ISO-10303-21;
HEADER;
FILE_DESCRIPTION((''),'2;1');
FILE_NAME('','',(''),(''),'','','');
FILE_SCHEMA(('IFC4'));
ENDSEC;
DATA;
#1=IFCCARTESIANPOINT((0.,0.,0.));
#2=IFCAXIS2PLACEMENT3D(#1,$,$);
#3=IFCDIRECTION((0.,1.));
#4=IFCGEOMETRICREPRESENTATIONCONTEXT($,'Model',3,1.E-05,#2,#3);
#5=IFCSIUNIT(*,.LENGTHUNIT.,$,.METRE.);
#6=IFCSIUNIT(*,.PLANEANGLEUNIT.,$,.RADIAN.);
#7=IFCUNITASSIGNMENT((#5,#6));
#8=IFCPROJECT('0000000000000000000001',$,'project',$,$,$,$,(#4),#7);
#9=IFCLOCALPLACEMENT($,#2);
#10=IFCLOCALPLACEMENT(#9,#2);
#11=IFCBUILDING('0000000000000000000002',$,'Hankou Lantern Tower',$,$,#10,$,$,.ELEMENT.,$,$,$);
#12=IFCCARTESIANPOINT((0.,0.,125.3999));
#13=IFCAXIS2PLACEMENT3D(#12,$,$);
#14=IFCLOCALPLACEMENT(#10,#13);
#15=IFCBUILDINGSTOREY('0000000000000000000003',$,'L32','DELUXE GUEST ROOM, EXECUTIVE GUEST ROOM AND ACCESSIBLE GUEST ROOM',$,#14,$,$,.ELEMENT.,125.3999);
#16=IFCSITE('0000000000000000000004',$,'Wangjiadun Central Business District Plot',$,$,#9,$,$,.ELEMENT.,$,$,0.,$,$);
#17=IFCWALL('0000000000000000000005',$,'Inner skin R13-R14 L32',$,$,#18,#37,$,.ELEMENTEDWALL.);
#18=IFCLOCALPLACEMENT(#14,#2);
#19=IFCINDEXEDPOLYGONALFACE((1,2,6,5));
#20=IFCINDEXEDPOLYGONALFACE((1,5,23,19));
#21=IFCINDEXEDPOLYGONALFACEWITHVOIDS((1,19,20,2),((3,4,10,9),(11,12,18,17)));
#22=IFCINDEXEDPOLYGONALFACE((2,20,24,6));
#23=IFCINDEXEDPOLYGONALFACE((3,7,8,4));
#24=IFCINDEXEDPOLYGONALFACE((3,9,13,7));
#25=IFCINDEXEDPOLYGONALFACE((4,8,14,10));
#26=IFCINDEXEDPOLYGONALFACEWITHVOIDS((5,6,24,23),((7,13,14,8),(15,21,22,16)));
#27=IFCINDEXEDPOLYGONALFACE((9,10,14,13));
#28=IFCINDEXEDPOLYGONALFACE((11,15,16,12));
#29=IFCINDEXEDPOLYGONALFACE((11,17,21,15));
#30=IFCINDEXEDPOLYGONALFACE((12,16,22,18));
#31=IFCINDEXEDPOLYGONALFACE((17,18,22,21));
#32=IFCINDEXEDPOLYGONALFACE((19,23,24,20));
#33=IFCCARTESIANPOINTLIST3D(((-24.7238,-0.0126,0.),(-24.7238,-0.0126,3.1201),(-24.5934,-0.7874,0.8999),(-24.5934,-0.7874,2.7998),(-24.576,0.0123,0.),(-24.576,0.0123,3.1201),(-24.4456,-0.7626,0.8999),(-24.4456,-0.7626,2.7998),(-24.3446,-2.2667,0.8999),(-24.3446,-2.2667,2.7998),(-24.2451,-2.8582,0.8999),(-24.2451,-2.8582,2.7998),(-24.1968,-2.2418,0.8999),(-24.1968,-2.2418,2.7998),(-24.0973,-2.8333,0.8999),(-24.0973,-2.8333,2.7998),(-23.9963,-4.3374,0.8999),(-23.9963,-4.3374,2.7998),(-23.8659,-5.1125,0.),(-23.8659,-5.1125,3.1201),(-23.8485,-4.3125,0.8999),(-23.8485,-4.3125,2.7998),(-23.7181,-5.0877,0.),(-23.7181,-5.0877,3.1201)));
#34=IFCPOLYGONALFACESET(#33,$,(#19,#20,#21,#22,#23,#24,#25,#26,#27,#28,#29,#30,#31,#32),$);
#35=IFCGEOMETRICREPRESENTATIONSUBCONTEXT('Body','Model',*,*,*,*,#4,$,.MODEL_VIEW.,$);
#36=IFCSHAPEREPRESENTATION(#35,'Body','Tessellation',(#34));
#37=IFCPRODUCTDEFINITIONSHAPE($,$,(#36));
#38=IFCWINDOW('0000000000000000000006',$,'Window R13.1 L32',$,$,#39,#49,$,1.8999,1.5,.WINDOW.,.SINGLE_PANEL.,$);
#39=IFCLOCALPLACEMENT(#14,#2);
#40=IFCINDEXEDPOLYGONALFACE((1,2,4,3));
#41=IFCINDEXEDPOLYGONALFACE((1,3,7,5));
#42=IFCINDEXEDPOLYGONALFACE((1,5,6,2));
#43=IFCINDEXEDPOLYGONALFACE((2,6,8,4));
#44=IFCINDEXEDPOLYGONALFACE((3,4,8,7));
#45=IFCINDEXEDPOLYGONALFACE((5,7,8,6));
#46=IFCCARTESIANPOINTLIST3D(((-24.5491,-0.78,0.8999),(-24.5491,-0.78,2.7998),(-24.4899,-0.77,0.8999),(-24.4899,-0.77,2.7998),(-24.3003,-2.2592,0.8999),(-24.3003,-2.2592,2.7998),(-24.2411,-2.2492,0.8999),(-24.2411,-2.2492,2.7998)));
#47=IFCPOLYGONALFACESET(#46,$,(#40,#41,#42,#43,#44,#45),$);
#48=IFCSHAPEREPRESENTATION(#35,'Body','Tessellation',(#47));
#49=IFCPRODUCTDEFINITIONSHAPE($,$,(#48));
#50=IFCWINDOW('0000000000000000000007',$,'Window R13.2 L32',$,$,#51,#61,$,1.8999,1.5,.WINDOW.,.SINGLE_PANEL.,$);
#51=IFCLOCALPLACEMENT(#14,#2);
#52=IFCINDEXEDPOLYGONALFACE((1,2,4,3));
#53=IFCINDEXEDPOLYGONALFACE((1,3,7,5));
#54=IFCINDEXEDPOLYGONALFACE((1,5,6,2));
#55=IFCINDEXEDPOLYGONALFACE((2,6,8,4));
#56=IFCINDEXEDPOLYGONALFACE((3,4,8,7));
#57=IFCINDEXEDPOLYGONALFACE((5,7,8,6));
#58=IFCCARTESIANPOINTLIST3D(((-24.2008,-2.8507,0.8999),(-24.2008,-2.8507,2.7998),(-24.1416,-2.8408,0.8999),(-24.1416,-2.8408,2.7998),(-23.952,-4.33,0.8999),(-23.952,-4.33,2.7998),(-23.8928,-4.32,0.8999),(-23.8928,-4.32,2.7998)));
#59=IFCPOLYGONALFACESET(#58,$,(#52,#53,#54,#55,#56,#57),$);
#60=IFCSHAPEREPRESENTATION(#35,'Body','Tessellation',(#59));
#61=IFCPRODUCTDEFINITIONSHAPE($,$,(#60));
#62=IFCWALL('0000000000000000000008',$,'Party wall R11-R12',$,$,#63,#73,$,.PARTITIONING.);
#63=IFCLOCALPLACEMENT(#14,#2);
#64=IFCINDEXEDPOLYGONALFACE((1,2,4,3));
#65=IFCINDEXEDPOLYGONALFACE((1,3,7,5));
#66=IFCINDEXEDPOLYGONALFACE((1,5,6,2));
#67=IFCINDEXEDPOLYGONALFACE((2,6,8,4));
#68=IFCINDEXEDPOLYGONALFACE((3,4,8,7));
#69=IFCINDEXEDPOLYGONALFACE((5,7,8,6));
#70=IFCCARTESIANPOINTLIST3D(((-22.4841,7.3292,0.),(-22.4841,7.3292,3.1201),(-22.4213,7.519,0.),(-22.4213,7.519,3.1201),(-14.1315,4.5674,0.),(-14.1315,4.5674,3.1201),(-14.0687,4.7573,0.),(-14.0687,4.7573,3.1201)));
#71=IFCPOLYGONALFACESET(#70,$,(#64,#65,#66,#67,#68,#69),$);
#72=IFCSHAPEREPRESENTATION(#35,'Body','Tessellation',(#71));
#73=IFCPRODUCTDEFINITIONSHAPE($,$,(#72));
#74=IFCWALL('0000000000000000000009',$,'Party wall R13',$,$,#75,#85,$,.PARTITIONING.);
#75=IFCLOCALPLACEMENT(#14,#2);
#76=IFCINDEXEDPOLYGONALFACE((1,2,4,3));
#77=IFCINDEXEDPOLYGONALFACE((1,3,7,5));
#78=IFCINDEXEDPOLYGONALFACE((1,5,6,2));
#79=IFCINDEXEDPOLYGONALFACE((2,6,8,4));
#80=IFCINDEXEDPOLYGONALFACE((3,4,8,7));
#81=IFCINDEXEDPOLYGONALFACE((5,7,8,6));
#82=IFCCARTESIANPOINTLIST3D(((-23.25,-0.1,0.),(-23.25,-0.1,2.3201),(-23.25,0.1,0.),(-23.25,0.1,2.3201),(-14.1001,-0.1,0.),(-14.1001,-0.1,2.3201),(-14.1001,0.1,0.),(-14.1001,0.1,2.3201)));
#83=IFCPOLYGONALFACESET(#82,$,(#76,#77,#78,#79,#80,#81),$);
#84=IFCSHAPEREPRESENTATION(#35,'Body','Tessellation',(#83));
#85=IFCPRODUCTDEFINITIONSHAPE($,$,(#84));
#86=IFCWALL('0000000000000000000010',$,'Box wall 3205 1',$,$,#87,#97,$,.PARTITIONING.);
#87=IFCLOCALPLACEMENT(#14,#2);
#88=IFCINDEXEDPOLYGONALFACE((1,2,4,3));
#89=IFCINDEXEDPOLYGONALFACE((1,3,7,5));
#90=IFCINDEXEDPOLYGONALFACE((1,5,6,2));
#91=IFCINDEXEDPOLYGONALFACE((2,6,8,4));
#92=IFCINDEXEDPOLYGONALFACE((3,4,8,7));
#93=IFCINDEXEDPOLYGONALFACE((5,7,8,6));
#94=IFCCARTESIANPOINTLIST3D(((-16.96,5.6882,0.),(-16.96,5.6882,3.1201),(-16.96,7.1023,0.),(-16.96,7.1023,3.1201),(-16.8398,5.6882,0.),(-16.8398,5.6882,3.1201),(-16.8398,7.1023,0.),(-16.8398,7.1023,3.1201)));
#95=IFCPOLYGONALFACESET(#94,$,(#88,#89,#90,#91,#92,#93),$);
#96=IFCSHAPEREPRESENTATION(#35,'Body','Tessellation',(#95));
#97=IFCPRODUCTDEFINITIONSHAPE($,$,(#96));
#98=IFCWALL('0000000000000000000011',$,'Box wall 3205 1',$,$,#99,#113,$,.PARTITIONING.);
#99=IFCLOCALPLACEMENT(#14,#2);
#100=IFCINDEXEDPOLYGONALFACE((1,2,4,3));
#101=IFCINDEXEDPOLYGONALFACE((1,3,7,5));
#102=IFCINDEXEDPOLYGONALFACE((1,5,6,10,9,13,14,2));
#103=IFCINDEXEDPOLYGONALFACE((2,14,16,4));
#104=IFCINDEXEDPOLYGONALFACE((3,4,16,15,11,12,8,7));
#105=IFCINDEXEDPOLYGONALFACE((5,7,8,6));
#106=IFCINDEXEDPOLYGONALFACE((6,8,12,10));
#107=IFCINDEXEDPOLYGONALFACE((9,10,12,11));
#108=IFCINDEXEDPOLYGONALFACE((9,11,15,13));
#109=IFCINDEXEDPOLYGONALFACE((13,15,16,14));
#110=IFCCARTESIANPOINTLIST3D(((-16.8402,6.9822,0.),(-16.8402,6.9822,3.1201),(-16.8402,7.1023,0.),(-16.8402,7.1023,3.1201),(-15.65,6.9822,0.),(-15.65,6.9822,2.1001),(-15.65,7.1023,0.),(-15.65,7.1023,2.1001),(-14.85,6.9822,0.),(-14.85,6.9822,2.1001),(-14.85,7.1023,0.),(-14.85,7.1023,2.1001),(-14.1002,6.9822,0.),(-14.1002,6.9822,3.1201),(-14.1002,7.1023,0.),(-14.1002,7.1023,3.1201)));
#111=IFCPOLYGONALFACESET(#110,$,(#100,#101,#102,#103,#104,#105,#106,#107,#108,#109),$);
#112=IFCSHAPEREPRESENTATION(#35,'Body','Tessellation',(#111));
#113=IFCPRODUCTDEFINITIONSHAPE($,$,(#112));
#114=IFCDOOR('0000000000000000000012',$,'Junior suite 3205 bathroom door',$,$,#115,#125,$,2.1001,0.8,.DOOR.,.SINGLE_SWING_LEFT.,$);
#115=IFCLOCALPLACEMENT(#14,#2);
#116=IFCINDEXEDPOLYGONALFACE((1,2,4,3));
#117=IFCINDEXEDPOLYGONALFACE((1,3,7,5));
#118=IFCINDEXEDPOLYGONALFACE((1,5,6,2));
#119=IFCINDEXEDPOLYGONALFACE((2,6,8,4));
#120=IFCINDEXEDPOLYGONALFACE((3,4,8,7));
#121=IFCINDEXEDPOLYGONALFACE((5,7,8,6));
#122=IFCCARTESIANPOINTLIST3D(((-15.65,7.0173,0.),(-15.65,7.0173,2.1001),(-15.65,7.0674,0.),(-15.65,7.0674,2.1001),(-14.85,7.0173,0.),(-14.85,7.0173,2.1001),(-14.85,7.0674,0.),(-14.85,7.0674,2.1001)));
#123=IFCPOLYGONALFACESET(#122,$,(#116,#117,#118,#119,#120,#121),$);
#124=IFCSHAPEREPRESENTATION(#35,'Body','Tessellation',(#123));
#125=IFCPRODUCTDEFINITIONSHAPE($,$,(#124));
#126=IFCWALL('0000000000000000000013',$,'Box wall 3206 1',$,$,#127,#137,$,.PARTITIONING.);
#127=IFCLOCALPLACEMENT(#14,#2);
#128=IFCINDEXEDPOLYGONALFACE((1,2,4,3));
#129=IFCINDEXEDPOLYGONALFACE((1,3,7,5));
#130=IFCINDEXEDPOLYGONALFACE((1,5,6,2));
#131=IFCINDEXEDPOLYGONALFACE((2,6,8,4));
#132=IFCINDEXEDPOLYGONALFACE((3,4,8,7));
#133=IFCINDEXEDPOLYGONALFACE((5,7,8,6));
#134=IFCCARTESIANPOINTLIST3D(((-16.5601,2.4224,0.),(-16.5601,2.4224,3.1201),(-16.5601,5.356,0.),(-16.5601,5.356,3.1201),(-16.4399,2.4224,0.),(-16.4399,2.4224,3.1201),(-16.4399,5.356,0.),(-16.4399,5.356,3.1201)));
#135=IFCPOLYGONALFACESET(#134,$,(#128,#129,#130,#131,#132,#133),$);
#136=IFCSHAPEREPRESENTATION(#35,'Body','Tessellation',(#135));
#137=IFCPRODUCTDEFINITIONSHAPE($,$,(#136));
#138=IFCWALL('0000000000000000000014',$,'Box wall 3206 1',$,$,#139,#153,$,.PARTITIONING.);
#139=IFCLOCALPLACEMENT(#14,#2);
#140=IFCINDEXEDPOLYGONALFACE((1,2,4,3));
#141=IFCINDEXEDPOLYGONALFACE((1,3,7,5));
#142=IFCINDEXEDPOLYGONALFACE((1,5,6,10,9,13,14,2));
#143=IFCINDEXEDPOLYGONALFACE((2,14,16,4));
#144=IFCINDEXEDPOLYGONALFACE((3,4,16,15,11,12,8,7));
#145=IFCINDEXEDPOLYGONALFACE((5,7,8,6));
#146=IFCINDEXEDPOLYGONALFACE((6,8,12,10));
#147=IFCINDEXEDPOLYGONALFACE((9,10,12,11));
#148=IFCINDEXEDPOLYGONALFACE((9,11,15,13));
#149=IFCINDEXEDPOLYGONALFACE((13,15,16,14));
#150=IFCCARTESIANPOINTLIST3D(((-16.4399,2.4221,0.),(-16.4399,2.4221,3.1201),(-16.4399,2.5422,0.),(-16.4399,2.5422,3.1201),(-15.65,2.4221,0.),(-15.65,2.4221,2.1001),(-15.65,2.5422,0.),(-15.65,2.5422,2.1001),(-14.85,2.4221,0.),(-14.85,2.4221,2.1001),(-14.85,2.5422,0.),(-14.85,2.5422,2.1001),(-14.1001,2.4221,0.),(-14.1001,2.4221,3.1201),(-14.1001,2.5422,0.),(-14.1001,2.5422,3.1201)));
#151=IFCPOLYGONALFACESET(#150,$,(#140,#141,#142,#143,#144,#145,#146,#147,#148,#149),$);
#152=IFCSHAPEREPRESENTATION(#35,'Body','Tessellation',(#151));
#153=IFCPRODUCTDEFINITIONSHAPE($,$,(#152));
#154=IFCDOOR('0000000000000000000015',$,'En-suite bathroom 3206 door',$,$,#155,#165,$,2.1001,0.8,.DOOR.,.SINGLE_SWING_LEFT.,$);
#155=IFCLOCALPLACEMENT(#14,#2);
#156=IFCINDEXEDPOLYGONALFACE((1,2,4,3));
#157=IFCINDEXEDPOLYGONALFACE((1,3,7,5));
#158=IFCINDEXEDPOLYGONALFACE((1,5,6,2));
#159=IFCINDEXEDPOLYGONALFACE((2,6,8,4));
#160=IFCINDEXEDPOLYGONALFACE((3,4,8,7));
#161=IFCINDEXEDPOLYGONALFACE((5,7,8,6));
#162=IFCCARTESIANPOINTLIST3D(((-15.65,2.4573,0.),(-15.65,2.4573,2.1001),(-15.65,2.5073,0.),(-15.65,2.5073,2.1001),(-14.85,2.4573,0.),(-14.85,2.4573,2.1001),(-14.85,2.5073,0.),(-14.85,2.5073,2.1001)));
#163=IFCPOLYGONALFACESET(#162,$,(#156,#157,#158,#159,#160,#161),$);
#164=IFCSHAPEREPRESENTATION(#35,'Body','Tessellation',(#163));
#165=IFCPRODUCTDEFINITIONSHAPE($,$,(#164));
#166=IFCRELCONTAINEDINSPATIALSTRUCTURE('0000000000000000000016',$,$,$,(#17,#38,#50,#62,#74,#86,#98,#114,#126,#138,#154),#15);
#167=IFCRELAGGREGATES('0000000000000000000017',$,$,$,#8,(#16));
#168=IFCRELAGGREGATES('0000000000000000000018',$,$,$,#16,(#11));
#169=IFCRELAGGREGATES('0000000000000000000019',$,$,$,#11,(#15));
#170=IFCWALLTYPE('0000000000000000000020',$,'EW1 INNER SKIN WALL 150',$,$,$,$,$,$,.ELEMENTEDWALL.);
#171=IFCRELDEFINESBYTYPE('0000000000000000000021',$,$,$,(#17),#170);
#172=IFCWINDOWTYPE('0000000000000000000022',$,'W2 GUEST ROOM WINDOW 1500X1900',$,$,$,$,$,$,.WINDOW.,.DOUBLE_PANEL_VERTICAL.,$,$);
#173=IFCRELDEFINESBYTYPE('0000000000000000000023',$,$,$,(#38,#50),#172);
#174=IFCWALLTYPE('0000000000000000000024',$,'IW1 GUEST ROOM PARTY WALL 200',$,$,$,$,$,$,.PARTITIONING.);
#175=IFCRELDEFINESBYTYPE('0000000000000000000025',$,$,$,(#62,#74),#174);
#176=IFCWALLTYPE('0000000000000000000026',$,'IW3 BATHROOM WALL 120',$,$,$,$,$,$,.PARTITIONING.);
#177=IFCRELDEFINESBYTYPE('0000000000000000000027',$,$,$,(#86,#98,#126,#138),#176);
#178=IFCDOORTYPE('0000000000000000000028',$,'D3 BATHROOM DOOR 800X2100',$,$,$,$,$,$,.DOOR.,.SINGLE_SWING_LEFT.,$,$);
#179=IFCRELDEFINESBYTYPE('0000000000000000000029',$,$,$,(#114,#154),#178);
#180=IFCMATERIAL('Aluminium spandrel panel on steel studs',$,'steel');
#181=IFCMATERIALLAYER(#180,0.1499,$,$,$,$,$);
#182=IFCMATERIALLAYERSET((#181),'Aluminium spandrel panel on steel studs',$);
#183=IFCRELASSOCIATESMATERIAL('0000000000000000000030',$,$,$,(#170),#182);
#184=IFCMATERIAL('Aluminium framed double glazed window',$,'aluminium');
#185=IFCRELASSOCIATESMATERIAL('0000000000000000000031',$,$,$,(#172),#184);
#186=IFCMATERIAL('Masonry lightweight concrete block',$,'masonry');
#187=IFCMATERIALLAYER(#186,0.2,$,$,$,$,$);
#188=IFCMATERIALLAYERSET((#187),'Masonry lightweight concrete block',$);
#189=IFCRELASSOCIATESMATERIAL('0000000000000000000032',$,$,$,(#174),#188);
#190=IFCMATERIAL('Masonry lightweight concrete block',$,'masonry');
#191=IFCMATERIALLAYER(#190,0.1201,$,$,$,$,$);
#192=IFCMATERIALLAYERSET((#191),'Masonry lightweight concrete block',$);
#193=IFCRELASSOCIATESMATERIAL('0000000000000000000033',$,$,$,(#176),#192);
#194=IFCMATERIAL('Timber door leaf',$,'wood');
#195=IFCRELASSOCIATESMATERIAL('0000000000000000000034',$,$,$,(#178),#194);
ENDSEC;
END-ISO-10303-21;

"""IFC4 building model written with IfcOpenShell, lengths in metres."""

from ifc_helpers import new_model, si_unit, direction, frame, frame_2d, origin, place, context, subcontext, project, spatial, rectangle, extrude, material, layer, layer_set, type_object, element, fill, save


model = new_model("IFC4")

# Units and contexts
model_context = context("Model", 3, precision=1e-05, world=origin(), true_north=direction((0.0, 1.0)))
body_context = subcontext(model_context, "Body", "Model", "MODEL_VIEW")
ifc_project = project(units=[si_unit("LENGTHUNIT", "METRE"), si_unit("PLANEANGLEUNIT", "RADIAN")], contexts=[model_context])

# Site, building, storey
site_placement = place(None, origin())
site = spatial("IfcSite", under=ifc_project, at=site_placement, Name="Wangjiadun Central Business District Plot", CompositionType="ELEMENT", RefElevation=0.0)
building_placement = place(site_placement, origin())
building = spatial("IfcBuilding", under=site, at=building_placement, Name="Hankou Lantern Tower", CompositionType="ELEMENT")
storey_placement = place(building_placement, frame((0.0, 0.0, 125.3999)))
storey = spatial("IfcBuildingStorey", under=building, at=storey_placement, Name="L32", Description="DELUXE GUEST ROOM, EXECUTIVE GUEST ROOM AND ACCESSIBLE GUEST ROOM", CompositionType="ELEMENT", Elevation=125.3999)

# Wall, openings, windows
ifc_material_1 = material(Name="Aluminium spandrel panel on steel studs", Category="steel")
ifc_layer_1 = layer(ifc_material_1, 0.1499)
ifc_layer_set_1 = layer_set([ifc_layer_1], Name="Aluminium spandrel panel on steel studs")
wall_type_1 = type_object("IfcWallType", Name="EW1 INNER SKIN WALL 150", PredefinedType="ELEMENTEDWALL", material=ifc_layer_set_1)
ifc_material_2 = material(Name="Aluminium framed double glazed window", Category="aluminium")
window_type = type_object("IfcWindowType", Name="W2 GUEST ROOM WINDOW 1500X1900", PartitioningType="DOUBLE_PANEL_VERTICAL", PredefinedType="WINDOW", material=ifc_material_2)
wall_1_placement = place(storey_placement, frame((-24.6499, 0.0, 0.0), z_axis=(0.0, 0.0, 1.0), x_axis=(0.165884, -0.986145, 0.0)))
wall_1 = element("IfcWall", 1, at=wall_1_placement, inside=storey, type_object=wall_type_1, Name="Inner skin R13-R14 L32", PredefinedType="ELEMENTEDWALL", context=body_context, shape_type="SweptSolid", body=[
    extrude(rectangle(XDim=5.1716, YDim=0.1499, at=frame_2d((2.5859, 0.0))), origin(), (0.0, 0.0, 1.0), 3.1201),
])
opening_1_placement = place(wall_1_placement, frame((0.7859, 0.0, 0.8999)))
opening_1 = element("IfcOpeningElement", 2, at=opening_1_placement, cuts=wall_1, PredefinedType="OPENING", context=body_context, shape_type="SweptSolid", body=[
    extrude(rectangle(XDim=1.5, YDim=1.8999, at=frame_2d((0.75, 0.95))), frame((0.0, 0.085, 0.0), z_axis=(0.0, -1.0, 0.0), x_axis=(1.0, 0.0, 0.0)), (0.0, 0.0, 1.0), 0.1699),
])
opening_2_placement = place(wall_1_placement, frame((2.8857, 0.0, 0.8999)))
opening_2 = element("IfcOpeningElement", 3, at=opening_2_placement, cuts=wall_1, PredefinedType="OPENING", context=body_context, shape_type="SweptSolid", body=[
    extrude(rectangle(XDim=1.5, YDim=1.8999, at=frame_2d((0.75, 0.95))), frame((0.0, 0.085, 0.0), z_axis=(0.0, -1.0, 0.0), x_axis=(1.0, 0.0, 0.0)), (0.0, 0.0, 1.0), 0.1699),
])
window_1_placement = place(opening_1_placement, origin())
window_1 = element("IfcWindow", 4, at=window_1_placement, inside=storey, type_object=window_type, Name="Window R13.1 L32", OverallHeight=1.8999, OverallWidth=1.5, PartitioningType="SINGLE_PANEL", PredefinedType="WINDOW", context=body_context, shape_type="SweptSolid", body=[
    extrude(rectangle(XDim=1.5, YDim=1.8999, at=frame_2d((0.75, 0.95))), frame((0.0, 0.03, 0.0), z_axis=(0.0, -1.0, 0.0), x_axis=(1.0, 0.0, 0.0)), (0.0, 0.0, 1.0), 0.0601),
])
fill(opening_1, window_1)
window_2_placement = place(opening_2_placement, origin())
window_2 = element("IfcWindow", 5, at=window_2_placement, inside=storey, type_object=window_type, Name="Window R13.2 L32", OverallHeight=1.8999, OverallWidth=1.5, PartitioningType="SINGLE_PANEL", PredefinedType="WINDOW", context=body_context, shape_type="SweptSolid", body=[
    extrude(rectangle(XDim=1.5, YDim=1.8999, at=frame_2d((0.75, 0.95))), frame((0.0, 0.03, 0.0), z_axis=(0.0, -1.0, 0.0), x_axis=(1.0, 0.0, 0.0)), (0.0, 0.0, 1.0), 0.0601),
])
fill(opening_2, window_2)

# Walls
ifc_material_3 = material(Name="Masonry lightweight concrete block", Category="masonry")
ifc_layer_2 = layer(ifc_material_3, 0.2)
ifc_layer_set_2 = layer_set([ifc_layer_2], Name="Masonry lightweight concrete block")
wall_type_2 = type_object("IfcWallType", Name="IW1 GUEST ROOM PARTY WALL 200", PredefinedType="PARTITIONING", material=ifc_layer_set_2)
wall_2_placement = place(storey_placement, frame((-14.1001, 4.6624, 0.0), z_axis=(0.0, 0.0, 1.0), x_axis=(-0.949446, 0.313929, 0.0)))
element("IfcWall", 6, at=wall_2_placement, inside=storey, type_object=wall_type_2, Name="Party wall R11-R12", PredefinedType="PARTITIONING", context=body_context, shape_type="SweptSolid", body=[
    extrude(rectangle(XDim=8.7974, YDim=0.2, at=frame_2d((4.3987, 0.0))), origin(), (0.0, 0.0, 1.0), 3.1201),
])
wall_3_placement = place(storey_placement, frame((-14.1001, 0.0, 0.0), z_axis=(0.0, 0.0, 1.0), x_axis=(-1.0, 0.0, 0.0)))
element("IfcWall", 7, at=wall_3_placement, inside=storey, type_object=wall_type_2, Name="Party wall R13", PredefinedType="PARTITIONING", context=body_context, shape_type="SweptSolid", body=[
    extrude(rectangle(XDim=9.1499, YDim=0.2, at=frame_2d((4.575, 0.0))), origin(), (0.0, 0.0, 1.0), 2.3201),
])
ifc_material_4 = material(Name="Masonry lightweight concrete block", Category="masonry")
ifc_layer_3 = layer(ifc_material_4, 0.1201)
ifc_layer_set_3 = layer_set([ifc_layer_3], Name="Masonry lightweight concrete block")
wall_type_3 = type_object("IfcWallType", Name="IW3 BATHROOM WALL 120", PredefinedType="PARTITIONING", material=ifc_layer_set_3)
wall_4_placement = place(storey_placement, frame((-16.8999, 5.6882, 0.0), z_axis=(0.0, 0.0, 1.0), x_axis=(0.0, 1.0, 0.0)))
element("IfcWall", 8, at=wall_4_placement, inside=storey, type_object=wall_type_3, Name="Box wall 3205 1", PredefinedType="PARTITIONING", context=body_context, shape_type="SweptSolid", body=[
    extrude(rectangle(XDim=1.4141, YDim=0.1201, at=frame_2d((0.707, 0.0))), origin(), (0.0, 0.0, 1.0), 3.1201),
])

# Wall, opening, door
wall_5_placement = place(storey_placement, frame((-14.1001, 7.0422, 0.0), z_axis=(0.0, 0.0, 1.0), x_axis=(-1.0, 0.0, 0.0)))
wall_5 = element("IfcWall", 9, at=wall_5_placement, inside=storey, type_object=wall_type_3, Name="Box wall 3205 1", PredefinedType="PARTITIONING", context=body_context, shape_type="SweptSolid", body=[
    extrude(rectangle(XDim=2.74, YDim=0.1201, at=frame_2d((1.3701, 0.0))), origin(), (0.0, 0.0, 1.0), 3.1201),
])
opening_3_placement = place(wall_5_placement, frame((0.75, 0.0, 0.0)))
opening_3 = element("IfcOpeningElement", 10, at=opening_3_placement, cuts=wall_5, PredefinedType="OPENING", context=body_context, shape_type="SweptSolid", body=[
    extrude(rectangle(XDim=0.8, YDim=2.1001, at=frame_2d((0.3999, 1.05))), frame((0.0, 0.0701, 0.0), z_axis=(0.0, -1.0, 0.0), x_axis=(1.0, 0.0, 0.0)), (0.0, 0.0, 1.0), 0.1401),
])
ifc_material_5 = material(Name="Timber door leaf", Category="wood")
door_type = type_object("IfcDoorType", Name="D3 BATHROOM DOOR 800X2100", OperationType="SINGLE_SWING_LEFT", PredefinedType="DOOR", material=ifc_material_5)
door_1_placement = place(opening_3_placement, origin())
door_1 = element("IfcDoor", 11, at=door_1_placement, inside=storey, type_object=door_type, Name="Junior suite 3205 bathroom door", OperationType="SINGLE_SWING_LEFT", OverallHeight=2.1001, OverallWidth=0.8, PredefinedType="DOOR", context=body_context, shape_type="SweptSolid", body=[
    extrude(rectangle(XDim=0.8, YDim=2.1001, at=frame_2d((0.3999, 1.05))), frame((0.0, 0.0249, 0.0), z_axis=(0.0, -1.0, 0.0), x_axis=(1.0, 0.0, 0.0)), (0.0, 0.0, 1.0), 0.05),
])
fill(opening_3, door_1)

# Wall
wall_6_placement = place(storey_placement, frame((-16.5, 5.356, 0.0), z_axis=(0.0, 0.0, 1.0), x_axis=(0.0, -1.0, 0.0)))
element("IfcWall", 12, at=wall_6_placement, inside=storey, type_object=wall_type_3, Name="Box wall 3206 1", PredefinedType="PARTITIONING", context=body_context, shape_type="SweptSolid", body=[
    extrude(rectangle(XDim=2.9336, YDim=0.1201, at=frame_2d((1.4668, 0.0))), origin(), (0.0, 0.0, 1.0), 3.1201),
])

# Wall, opening, door
wall_7_placement = place(storey_placement, frame((-14.1001, 2.4822, 0.0), z_axis=(0.0, 0.0, 1.0), x_axis=(-1.0, 0.0, 0.0)))
wall_7 = element("IfcWall", 13, at=wall_7_placement, inside=storey, type_object=wall_type_3, Name="Box wall 3206 1", PredefinedType="PARTITIONING", context=body_context, shape_type="SweptSolid", body=[
    extrude(rectangle(XDim=2.3398, YDim=0.1201, at=frame_2d((1.1699, 0.0))), origin(), (0.0, 0.0, 1.0), 3.1201),
])
opening_4_placement = place(wall_7_placement, frame((0.75, 0.0, 0.0)))
opening_4 = element("IfcOpeningElement", 14, at=opening_4_placement, cuts=wall_7, PredefinedType="OPENING", context=body_context, shape_type="SweptSolid", body=[
    extrude(rectangle(XDim=0.8, YDim=2.1001, at=frame_2d((0.3999, 1.05))), frame((0.0, 0.0701, 0.0), z_axis=(0.0, -1.0, 0.0), x_axis=(1.0, 0.0, 0.0)), (0.0, 0.0, 1.0), 0.1401),
])
door_2_placement = place(opening_4_placement, origin())
door_2 = element("IfcDoor", 15, at=door_2_placement, inside=storey, type_object=door_type, Name="En-suite bathroom 3206 door", OperationType="SINGLE_SWING_LEFT", OverallHeight=2.1001, OverallWidth=0.8, PredefinedType="DOOR", context=body_context, shape_type="SweptSolid", body=[
    extrude(rectangle(XDim=0.8, YDim=2.1001, at=frame_2d((0.3999, 1.05))), frame((0.0, 0.0249, 0.0), z_axis=(0.0, -1.0, 0.0), x_axis=(1.0, 0.0, 0.0)), (0.0, 0.0, 1.0), 0.05),
])
fill(opening_4, door_2)

save(model, "model.ifc")
